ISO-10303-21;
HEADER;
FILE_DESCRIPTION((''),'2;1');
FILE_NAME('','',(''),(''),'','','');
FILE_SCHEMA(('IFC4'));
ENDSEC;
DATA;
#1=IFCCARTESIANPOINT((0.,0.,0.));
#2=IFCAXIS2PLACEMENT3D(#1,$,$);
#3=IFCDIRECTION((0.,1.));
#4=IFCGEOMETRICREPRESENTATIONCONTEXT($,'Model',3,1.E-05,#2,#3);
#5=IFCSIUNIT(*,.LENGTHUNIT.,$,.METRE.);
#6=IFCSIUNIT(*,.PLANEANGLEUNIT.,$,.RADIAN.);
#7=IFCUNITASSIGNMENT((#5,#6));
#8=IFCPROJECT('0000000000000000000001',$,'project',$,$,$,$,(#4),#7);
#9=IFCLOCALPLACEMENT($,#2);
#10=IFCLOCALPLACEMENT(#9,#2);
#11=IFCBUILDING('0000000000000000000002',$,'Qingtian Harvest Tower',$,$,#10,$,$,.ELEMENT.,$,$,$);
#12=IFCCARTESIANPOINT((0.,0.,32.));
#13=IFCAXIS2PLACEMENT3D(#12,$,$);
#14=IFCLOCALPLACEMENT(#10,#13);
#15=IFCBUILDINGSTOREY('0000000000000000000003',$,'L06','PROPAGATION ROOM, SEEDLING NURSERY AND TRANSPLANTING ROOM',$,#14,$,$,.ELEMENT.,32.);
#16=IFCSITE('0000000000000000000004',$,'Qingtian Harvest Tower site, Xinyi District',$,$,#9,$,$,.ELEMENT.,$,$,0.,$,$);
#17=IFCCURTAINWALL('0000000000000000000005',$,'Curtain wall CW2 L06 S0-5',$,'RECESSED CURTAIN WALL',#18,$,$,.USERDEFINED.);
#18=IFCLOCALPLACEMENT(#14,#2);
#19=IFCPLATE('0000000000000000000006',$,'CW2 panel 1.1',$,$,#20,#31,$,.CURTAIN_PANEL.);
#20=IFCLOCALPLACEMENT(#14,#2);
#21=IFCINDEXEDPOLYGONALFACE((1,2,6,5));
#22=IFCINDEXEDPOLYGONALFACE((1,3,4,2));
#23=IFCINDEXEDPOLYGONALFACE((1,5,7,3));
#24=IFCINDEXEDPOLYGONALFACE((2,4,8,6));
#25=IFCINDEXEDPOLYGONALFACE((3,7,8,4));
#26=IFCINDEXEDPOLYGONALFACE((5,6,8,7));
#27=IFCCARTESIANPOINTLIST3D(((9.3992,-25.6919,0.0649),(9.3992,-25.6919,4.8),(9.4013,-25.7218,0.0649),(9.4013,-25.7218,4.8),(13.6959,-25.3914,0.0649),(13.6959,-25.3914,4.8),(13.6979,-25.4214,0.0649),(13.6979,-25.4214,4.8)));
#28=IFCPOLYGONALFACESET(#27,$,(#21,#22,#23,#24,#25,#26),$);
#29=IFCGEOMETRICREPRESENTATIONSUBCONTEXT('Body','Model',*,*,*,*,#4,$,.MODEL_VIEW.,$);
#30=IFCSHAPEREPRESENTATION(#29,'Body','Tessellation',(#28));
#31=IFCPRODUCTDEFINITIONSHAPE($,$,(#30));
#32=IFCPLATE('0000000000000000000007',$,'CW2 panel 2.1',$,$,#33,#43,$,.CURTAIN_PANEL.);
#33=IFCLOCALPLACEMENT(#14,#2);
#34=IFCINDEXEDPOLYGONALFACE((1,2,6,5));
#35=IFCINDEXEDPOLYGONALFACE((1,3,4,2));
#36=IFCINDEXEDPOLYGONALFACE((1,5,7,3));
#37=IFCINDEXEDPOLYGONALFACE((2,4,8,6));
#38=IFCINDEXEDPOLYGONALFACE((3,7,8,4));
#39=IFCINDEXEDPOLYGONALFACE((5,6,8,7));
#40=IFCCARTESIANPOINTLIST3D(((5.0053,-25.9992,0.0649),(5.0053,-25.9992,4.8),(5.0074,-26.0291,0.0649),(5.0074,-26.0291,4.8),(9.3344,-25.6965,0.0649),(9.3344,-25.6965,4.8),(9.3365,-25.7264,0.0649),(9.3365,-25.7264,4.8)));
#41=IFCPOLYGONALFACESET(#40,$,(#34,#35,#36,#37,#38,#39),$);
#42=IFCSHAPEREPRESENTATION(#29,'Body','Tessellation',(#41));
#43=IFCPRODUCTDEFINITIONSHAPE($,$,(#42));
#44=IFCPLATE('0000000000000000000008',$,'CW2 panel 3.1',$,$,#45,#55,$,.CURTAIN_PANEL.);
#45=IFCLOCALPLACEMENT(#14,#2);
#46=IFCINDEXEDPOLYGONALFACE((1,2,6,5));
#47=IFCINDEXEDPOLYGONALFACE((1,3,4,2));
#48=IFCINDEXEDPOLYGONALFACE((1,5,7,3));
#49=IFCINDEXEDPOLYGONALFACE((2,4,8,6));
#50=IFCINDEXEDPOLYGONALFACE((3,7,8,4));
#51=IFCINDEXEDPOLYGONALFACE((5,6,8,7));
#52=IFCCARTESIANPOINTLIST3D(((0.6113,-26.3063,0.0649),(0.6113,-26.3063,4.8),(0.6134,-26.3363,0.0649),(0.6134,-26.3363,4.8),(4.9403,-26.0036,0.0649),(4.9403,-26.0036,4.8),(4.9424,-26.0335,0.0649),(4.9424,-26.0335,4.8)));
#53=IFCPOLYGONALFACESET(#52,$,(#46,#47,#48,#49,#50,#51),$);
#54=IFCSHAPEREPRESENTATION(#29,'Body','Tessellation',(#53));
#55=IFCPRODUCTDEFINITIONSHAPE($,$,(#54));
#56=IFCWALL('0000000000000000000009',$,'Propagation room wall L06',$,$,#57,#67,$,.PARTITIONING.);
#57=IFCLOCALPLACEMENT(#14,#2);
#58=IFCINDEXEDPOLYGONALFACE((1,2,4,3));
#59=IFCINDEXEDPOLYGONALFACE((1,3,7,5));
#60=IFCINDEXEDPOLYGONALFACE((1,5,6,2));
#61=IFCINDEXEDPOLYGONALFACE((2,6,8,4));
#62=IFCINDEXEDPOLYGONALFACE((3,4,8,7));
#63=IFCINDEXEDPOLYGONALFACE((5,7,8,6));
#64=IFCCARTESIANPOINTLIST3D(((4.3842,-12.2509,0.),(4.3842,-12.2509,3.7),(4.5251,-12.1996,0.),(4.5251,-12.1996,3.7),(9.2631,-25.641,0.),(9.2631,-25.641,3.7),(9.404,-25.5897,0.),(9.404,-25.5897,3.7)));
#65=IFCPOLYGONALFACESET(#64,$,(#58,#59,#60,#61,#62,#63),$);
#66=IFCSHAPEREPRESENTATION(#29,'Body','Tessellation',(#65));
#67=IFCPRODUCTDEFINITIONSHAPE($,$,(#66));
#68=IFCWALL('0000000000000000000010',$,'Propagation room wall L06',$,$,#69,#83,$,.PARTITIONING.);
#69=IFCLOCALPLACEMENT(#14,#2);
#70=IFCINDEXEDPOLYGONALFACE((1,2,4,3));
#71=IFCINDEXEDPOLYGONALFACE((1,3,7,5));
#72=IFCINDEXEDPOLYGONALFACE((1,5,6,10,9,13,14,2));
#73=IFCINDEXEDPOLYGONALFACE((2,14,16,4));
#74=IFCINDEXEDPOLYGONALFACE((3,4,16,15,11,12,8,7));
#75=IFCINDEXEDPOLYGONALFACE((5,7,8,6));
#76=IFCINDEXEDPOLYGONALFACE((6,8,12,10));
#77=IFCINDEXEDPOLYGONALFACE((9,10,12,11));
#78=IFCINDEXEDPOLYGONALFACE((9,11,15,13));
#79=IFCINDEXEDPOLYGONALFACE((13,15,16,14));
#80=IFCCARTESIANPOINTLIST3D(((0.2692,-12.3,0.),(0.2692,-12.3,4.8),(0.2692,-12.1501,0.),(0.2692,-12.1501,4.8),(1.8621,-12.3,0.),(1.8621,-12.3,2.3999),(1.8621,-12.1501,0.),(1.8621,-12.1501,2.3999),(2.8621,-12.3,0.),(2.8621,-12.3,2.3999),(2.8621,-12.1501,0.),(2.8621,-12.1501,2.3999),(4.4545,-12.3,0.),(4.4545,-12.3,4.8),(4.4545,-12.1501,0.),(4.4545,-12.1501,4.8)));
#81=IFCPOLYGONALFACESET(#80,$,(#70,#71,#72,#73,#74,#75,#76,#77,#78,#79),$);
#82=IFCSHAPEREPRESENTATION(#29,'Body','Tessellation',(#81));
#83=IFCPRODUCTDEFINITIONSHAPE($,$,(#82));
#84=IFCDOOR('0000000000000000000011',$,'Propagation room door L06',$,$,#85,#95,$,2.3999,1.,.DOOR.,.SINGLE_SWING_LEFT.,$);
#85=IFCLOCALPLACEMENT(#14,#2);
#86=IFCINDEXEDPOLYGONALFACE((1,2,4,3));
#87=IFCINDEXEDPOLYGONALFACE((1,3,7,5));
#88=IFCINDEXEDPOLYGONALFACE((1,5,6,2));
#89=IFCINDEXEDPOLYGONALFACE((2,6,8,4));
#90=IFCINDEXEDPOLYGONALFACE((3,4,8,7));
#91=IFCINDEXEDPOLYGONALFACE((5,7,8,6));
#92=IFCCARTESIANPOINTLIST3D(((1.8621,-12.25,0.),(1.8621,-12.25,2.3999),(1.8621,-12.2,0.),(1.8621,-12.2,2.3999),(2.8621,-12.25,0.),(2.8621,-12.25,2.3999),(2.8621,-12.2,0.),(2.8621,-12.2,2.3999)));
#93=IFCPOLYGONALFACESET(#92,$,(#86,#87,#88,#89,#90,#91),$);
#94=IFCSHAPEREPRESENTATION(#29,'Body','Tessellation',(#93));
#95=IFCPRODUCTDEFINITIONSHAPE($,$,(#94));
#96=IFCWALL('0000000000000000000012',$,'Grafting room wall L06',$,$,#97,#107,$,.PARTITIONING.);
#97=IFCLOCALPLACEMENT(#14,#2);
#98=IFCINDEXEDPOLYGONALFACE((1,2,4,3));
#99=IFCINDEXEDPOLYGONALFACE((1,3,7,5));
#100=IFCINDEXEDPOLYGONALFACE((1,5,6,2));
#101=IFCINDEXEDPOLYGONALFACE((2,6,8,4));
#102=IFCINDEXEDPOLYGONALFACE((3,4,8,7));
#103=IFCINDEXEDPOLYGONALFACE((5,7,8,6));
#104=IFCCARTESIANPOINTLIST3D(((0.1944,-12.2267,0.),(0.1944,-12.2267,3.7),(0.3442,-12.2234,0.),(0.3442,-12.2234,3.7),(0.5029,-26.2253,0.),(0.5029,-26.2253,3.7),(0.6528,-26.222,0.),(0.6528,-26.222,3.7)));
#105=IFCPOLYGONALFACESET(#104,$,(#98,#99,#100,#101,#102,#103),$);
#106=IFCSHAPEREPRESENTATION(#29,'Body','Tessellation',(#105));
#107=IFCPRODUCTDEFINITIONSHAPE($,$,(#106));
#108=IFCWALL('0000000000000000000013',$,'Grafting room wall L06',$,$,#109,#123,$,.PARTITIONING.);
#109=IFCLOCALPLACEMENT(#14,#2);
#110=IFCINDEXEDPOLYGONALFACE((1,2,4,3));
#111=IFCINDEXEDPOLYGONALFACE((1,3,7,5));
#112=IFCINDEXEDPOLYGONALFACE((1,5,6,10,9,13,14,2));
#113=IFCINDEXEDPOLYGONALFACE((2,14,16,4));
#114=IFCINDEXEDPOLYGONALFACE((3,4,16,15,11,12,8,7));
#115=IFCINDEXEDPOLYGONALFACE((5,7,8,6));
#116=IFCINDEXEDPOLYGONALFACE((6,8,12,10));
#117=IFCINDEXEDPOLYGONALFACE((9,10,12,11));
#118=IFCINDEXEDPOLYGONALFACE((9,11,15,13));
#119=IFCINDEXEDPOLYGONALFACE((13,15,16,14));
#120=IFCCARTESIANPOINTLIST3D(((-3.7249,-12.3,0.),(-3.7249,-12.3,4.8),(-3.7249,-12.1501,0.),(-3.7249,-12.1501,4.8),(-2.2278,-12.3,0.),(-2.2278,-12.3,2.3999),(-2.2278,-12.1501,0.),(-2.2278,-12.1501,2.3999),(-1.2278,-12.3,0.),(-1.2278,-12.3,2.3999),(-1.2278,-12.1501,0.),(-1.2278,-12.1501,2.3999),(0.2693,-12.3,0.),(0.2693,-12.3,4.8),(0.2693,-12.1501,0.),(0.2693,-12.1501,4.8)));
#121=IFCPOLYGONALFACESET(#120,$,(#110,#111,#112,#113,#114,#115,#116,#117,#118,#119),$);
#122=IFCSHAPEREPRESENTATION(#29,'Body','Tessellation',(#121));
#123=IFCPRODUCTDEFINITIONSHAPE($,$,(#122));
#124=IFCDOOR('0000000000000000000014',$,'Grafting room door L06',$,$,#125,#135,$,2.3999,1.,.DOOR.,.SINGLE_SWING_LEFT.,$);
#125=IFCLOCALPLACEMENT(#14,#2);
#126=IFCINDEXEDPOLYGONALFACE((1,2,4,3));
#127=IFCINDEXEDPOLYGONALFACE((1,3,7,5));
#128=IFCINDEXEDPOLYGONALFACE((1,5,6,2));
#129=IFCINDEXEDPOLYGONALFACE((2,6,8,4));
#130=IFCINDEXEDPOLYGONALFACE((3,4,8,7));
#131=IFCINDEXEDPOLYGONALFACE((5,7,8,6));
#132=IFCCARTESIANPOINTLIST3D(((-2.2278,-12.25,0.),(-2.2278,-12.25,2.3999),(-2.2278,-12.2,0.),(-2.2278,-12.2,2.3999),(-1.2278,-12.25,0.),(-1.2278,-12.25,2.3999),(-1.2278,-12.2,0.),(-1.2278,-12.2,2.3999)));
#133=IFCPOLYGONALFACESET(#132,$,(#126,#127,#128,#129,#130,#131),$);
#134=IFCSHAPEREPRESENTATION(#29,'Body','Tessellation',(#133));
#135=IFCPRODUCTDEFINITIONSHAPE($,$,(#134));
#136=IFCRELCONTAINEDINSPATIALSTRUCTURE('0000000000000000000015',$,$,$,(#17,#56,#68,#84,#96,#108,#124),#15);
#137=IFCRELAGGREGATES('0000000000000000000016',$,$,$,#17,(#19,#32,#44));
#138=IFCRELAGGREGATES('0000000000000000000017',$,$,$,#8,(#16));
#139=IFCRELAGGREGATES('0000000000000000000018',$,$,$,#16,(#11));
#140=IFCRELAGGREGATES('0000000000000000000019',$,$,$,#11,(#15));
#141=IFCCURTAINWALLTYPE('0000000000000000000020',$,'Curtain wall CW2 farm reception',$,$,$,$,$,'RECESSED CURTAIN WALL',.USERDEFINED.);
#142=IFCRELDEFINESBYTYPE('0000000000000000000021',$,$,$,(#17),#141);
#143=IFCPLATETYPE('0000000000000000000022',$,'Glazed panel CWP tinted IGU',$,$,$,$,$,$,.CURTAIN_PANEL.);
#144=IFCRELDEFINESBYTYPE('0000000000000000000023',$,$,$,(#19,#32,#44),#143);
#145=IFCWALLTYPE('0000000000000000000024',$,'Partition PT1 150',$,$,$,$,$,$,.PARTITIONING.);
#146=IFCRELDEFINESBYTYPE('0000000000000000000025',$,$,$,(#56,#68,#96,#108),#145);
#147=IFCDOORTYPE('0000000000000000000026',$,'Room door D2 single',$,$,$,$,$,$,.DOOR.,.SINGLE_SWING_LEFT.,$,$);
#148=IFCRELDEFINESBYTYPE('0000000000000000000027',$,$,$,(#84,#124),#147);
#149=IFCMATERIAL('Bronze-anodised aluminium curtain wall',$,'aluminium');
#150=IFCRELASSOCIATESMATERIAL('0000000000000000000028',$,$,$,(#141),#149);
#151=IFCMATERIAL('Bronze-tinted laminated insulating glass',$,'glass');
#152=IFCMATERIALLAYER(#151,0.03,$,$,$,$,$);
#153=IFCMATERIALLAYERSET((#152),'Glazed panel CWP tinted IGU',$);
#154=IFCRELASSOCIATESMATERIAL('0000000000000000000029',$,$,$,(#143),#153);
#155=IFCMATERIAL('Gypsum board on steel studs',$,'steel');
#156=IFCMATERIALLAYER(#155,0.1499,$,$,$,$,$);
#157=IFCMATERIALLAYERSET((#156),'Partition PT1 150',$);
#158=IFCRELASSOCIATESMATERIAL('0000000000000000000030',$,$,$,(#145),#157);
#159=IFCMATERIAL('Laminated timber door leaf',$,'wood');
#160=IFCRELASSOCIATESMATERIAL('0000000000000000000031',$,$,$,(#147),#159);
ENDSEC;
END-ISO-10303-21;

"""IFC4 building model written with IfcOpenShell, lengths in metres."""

from ifc_helpers import new_model, si_unit, direction, frame, frame_2d, origin, origin_2d, place, context, subcontext, project, spatial, rectangle, extrude, material, layer, layer_set, type_object, element, fill, aggregate, save


model = new_model("IFC4")

# Units and contexts
model_context = context("Model", 3, precision=1e-05, world=origin(), true_north=direction((0.0, 1.0)))
body_context = subcontext(model_context, "Body", "Model", "MODEL_VIEW")
ifc_project = project(units=[si_unit("LENGTHUNIT", "METRE"), si_unit("PLANEANGLEUNIT", "RADIAN")], contexts=[model_context])

# Site, building, storey
site_placement = place(None, origin())
site = spatial("IfcSite", under=ifc_project, at=site_placement, Name="Qingtian Harvest Tower site, Xinyi District", CompositionType="ELEMENT", RefElevation=0.0)
building_placement = place(site_placement, origin())
building = spatial("IfcBuilding", under=site, at=building_placement, Name="Qingtian Harvest Tower", CompositionType="ELEMENT")
storey_placement = place(building_placement, frame((0.0, 0.0, 32.0)))
storey = spatial("IfcBuildingStorey", under=building, at=storey_placement, Name="L06", Description="PROPAGATION ROOM, SEEDLING NURSERY AND TRANSPLANTING ROOM", CompositionType="ELEMENT", Elevation=32.0)

# Shared definitions
ifc_material_1 = material(Name="Bronze-anodised aluminium curtain wall", Category="aluminium")
curtain_wall_type = type_object("IfcCurtainWallType", Name="Curtain wall CW2 farm reception", ElementType="RECESSED CURTAIN WALL", PredefinedType="USERDEFINED", material=ifc_material_1)

# Curtain wall
curtain_wall_1_placement = place(storey_placement, origin())
curtain_wall_1 = element("IfcCurtainWall", 1, at=curtain_wall_1_placement, inside=storey, type_object=curtain_wall_type, Name="Curtain wall CW2 L06 S0-5", ObjectType="RECESSED CURTAIN WALL", PredefinedType="USERDEFINED")

# Plates
ifc_material_2 = material(Name="Bronze-tinted laminated insulating glass", Category="glass")
ifc_layer_1 = layer(ifc_material_2, 0.03)
ifc_layer_set_1 = layer_set([ifc_layer_1], Name="Glazed panel CWP tinted IGU")
plate_type = type_object("IfcPlateType", Name="Glazed panel CWP tinted IGU", PredefinedType="CURTAIN_PANEL", material=ifc_layer_set_1)
plate_1_placement = place(storey_placement, frame((11.5486, -25.5566, 0.0649), z_axis=(0.0, 0.0, 1.0), x_axis=(-0.997564, -0.069756, 0.0)))
plate_1 = element("IfcPlate", 2, at=plate_1_placement, type_object=plate_type, Name="CW2 panel 1.1", PredefinedType="CURTAIN_PANEL", context=body_context, shape_type="SweptSolid", body=[
    extrude(rectangle(XDim=4.3071, YDim=0.03, at=origin_2d()), origin(), (0.0, 0.0, 1.0), 4.7351),
])
plate_2_placement = place(storey_placement, frame((7.1709, -25.8628, 0.0649), z_axis=(0.0, 0.0, 1.0), x_axis=(-0.997564, -0.069756, 0.0)))
plate_2 = element("IfcPlate", 3, at=plate_2_placement, type_object=plate_type, Name="CW2 panel 2.1", PredefinedType="CURTAIN_PANEL", context=body_context, shape_type="SweptSolid", body=[
    extrude(rectangle(XDim=4.3396, YDim=0.03, at=origin_2d()), origin(), (0.0, 0.0, 1.0), 4.7351),
])
plate_3_placement = place(storey_placement, frame((2.7769, -26.1699, 0.0649), z_axis=(0.0, 0.0, 1.0), x_axis=(-0.997564, -0.069756, 0.0)))
plate_3 = element("IfcPlate", 4, at=plate_3_placement, type_object=plate_type, Name="CW2 panel 3.1", PredefinedType="CURTAIN_PANEL", context=body_context, shape_type="SweptSolid", body=[
    extrude(rectangle(XDim=4.3396, YDim=0.03, at=origin_2d()), origin(), (0.0, 0.0, 1.0), 4.7351),
])
aggregate(curtain_wall_1, [plate_1, plate_2, plate_3])

# Wall
ifc_material_3 = material(Name="Gypsum board on steel studs", Category="steel")
ifc_layer_2 = layer(ifc_material_3, 0.1499)
ifc_layer_set_2 = layer_set([ifc_layer_2], Name="Partition PT1 150")
wall_type = type_object("IfcWallType", Name="Partition PT1 150", PredefinedType="PARTITIONING", material=ifc_layer_set_2)
wall_1_placement = place(storey_placement, frame((9.3335, -25.6152, 0.0), z_axis=(0.0, 0.0, 1.0), x_axis=(-0.342348, 0.939573, 0.0)))
element("IfcWall", 5, at=wall_1_placement, inside=storey, type_object=wall_type, Name="Propagation room wall L06", PredefinedType="PARTITIONING", context=body_context, shape_type="SweptSolid", body=[
    extrude(rectangle(XDim=14.2512, YDim=0.1499, at=frame_2d((7.1255, 0.0))), origin(), (0.0, 0.0, 1.0), 3.7),
])

# Wall, opening, door
wall_2_placement = place(storey_placement, frame((4.4546, -12.2251, 0.0), z_axis=(0.0, 0.0, 1.0), x_axis=(-1.0, 0.0, 0.0)))
wall_2 = element("IfcWall", 6, at=wall_2_placement, inside=storey, type_object=wall_type, Name="Propagation room wall L06", PredefinedType="PARTITIONING", context=body_context, shape_type="SweptSolid", body=[
    extrude(rectangle(XDim=4.1853, YDim=0.1499, at=frame_2d((2.0928, 0.0))), origin(), (0.0, 0.0, 1.0), 4.8),
])
opening_1_placement = place(wall_2_placement, frame((1.5925, 0.0, 0.0)))
opening_1 = element("IfcOpeningElement", 7, at=opening_1_placement, cuts=wall_2, PredefinedType="OPENING", context=body_context, shape_type="SweptSolid", body=[
    extrude(rectangle(XDim=1.0, YDim=2.3999, at=frame_2d((0.5, 1.2))), frame((0.0, 0.085, 0.0), z_axis=(0.0, -1.0, 0.0), x_axis=(1.0, 0.0, 0.0)), (0.0, 0.0, 1.0), 0.1699),
])
ifc_material_4 = material(Name="Laminated timber door leaf", Category="wood")
door_type = type_object("IfcDoorType", Name="Room door D2 single", OperationType="SINGLE_SWING_LEFT", PredefinedType="DOOR", material=ifc_material_4)
door_1_placement = place(opening_1_placement, origin())
door_1 = element("IfcDoor", 8, at=door_1_placement, inside=storey, type_object=door_type, Name="Propagation room door L06", OperationType="SINGLE_SWING_LEFT", OverallHeight=2.3999, OverallWidth=1.0, PredefinedType="DOOR", context=body_context, shape_type="SweptSolid", body=[
    extrude(rectangle(XDim=1.0, YDim=2.3999, at=frame_2d((0.5, 1.2))), frame((0.0, 0.0249, 0.0), z_axis=(0.0, -1.0, 0.0), x_axis=(1.0, 0.0, 0.0)), (0.0, 0.0, 1.0), 0.05),
])
fill(opening_1, door_1)

# Wall
wall_3_placement = place(storey_placement, frame((0.5779, -26.2236, 0.0), z_axis=(0.0, 0.0, 1.0), x_axis=(-0.022039, 0.999757, 0.0)))
element("IfcWall", 9, at=wall_3_placement, inside=storey, type_object=wall_type, Name="Grafting room wall L06", PredefinedType="PARTITIONING", context=body_context, shape_type="SweptSolid", body=[
    extrude(rectangle(XDim=14.002, YDim=0.1499, at=frame_2d((7.001, 0.0))), origin(), (0.0, 0.0, 1.0), 3.7),
])

# Wall, opening, door
wall_4_placement = place(storey_placement, frame((0.2693, -12.2251, 0.0), z_axis=(0.0, 0.0, 1.0), x_axis=(-1.0, 0.0, 0.0)))
wall_4 = element("IfcWall", 10, at=wall_4_placement, inside=storey, type_object=wall_type, Name="Grafting room wall L06", PredefinedType="PARTITIONING", context=body_context, shape_type="SweptSolid", body=[
    extrude(rectangle(XDim=3.9941, YDim=0.1499, at=frame_2d((1.9971, 0.0))), origin(), (0.0, 0.0, 1.0), 4.8),
])
opening_2_placement = place(wall_4_placement, frame((1.4971, 0.0, 0.0)))
opening_2 = element("IfcOpeningElement", 11, at=opening_2_placement, cuts=wall_4, PredefinedType="OPENING", context=body_context, shape_type="SweptSolid", body=[
    extrude(rectangle(XDim=1.0, YDim=2.3999, at=frame_2d((0.5, 1.2))), frame((0.0, 0.085, 0.0), z_axis=(0.0, -1.0, 0.0), x_axis=(1.0, 0.0, 0.0)), (0.0, 0.0, 1.0), 0.1699),
])
door_2_placement = place(opening_2_placement, origin())
door_2 = element("IfcDoor", 12, at=door_2_placement, inside=storey, type_object=door_type, Name="Grafting room door L06", OperationType="SINGLE_SWING_LEFT", OverallHeight=2.3999, OverallWidth=1.0, PredefinedType="DOOR", context=body_context, shape_type="SweptSolid", body=[
    extrude(rectangle(XDim=1.0, YDim=2.3999, at=frame_2d((0.5, 1.2))), frame((0.0, 0.0249, 0.0), z_axis=(0.0, -1.0, 0.0), x_axis=(1.0, 0.0, 0.0)), (0.0, 0.0, 1.0), 0.05),
])
fill(opening_2, door_2)

save(model, "model.ifc")
